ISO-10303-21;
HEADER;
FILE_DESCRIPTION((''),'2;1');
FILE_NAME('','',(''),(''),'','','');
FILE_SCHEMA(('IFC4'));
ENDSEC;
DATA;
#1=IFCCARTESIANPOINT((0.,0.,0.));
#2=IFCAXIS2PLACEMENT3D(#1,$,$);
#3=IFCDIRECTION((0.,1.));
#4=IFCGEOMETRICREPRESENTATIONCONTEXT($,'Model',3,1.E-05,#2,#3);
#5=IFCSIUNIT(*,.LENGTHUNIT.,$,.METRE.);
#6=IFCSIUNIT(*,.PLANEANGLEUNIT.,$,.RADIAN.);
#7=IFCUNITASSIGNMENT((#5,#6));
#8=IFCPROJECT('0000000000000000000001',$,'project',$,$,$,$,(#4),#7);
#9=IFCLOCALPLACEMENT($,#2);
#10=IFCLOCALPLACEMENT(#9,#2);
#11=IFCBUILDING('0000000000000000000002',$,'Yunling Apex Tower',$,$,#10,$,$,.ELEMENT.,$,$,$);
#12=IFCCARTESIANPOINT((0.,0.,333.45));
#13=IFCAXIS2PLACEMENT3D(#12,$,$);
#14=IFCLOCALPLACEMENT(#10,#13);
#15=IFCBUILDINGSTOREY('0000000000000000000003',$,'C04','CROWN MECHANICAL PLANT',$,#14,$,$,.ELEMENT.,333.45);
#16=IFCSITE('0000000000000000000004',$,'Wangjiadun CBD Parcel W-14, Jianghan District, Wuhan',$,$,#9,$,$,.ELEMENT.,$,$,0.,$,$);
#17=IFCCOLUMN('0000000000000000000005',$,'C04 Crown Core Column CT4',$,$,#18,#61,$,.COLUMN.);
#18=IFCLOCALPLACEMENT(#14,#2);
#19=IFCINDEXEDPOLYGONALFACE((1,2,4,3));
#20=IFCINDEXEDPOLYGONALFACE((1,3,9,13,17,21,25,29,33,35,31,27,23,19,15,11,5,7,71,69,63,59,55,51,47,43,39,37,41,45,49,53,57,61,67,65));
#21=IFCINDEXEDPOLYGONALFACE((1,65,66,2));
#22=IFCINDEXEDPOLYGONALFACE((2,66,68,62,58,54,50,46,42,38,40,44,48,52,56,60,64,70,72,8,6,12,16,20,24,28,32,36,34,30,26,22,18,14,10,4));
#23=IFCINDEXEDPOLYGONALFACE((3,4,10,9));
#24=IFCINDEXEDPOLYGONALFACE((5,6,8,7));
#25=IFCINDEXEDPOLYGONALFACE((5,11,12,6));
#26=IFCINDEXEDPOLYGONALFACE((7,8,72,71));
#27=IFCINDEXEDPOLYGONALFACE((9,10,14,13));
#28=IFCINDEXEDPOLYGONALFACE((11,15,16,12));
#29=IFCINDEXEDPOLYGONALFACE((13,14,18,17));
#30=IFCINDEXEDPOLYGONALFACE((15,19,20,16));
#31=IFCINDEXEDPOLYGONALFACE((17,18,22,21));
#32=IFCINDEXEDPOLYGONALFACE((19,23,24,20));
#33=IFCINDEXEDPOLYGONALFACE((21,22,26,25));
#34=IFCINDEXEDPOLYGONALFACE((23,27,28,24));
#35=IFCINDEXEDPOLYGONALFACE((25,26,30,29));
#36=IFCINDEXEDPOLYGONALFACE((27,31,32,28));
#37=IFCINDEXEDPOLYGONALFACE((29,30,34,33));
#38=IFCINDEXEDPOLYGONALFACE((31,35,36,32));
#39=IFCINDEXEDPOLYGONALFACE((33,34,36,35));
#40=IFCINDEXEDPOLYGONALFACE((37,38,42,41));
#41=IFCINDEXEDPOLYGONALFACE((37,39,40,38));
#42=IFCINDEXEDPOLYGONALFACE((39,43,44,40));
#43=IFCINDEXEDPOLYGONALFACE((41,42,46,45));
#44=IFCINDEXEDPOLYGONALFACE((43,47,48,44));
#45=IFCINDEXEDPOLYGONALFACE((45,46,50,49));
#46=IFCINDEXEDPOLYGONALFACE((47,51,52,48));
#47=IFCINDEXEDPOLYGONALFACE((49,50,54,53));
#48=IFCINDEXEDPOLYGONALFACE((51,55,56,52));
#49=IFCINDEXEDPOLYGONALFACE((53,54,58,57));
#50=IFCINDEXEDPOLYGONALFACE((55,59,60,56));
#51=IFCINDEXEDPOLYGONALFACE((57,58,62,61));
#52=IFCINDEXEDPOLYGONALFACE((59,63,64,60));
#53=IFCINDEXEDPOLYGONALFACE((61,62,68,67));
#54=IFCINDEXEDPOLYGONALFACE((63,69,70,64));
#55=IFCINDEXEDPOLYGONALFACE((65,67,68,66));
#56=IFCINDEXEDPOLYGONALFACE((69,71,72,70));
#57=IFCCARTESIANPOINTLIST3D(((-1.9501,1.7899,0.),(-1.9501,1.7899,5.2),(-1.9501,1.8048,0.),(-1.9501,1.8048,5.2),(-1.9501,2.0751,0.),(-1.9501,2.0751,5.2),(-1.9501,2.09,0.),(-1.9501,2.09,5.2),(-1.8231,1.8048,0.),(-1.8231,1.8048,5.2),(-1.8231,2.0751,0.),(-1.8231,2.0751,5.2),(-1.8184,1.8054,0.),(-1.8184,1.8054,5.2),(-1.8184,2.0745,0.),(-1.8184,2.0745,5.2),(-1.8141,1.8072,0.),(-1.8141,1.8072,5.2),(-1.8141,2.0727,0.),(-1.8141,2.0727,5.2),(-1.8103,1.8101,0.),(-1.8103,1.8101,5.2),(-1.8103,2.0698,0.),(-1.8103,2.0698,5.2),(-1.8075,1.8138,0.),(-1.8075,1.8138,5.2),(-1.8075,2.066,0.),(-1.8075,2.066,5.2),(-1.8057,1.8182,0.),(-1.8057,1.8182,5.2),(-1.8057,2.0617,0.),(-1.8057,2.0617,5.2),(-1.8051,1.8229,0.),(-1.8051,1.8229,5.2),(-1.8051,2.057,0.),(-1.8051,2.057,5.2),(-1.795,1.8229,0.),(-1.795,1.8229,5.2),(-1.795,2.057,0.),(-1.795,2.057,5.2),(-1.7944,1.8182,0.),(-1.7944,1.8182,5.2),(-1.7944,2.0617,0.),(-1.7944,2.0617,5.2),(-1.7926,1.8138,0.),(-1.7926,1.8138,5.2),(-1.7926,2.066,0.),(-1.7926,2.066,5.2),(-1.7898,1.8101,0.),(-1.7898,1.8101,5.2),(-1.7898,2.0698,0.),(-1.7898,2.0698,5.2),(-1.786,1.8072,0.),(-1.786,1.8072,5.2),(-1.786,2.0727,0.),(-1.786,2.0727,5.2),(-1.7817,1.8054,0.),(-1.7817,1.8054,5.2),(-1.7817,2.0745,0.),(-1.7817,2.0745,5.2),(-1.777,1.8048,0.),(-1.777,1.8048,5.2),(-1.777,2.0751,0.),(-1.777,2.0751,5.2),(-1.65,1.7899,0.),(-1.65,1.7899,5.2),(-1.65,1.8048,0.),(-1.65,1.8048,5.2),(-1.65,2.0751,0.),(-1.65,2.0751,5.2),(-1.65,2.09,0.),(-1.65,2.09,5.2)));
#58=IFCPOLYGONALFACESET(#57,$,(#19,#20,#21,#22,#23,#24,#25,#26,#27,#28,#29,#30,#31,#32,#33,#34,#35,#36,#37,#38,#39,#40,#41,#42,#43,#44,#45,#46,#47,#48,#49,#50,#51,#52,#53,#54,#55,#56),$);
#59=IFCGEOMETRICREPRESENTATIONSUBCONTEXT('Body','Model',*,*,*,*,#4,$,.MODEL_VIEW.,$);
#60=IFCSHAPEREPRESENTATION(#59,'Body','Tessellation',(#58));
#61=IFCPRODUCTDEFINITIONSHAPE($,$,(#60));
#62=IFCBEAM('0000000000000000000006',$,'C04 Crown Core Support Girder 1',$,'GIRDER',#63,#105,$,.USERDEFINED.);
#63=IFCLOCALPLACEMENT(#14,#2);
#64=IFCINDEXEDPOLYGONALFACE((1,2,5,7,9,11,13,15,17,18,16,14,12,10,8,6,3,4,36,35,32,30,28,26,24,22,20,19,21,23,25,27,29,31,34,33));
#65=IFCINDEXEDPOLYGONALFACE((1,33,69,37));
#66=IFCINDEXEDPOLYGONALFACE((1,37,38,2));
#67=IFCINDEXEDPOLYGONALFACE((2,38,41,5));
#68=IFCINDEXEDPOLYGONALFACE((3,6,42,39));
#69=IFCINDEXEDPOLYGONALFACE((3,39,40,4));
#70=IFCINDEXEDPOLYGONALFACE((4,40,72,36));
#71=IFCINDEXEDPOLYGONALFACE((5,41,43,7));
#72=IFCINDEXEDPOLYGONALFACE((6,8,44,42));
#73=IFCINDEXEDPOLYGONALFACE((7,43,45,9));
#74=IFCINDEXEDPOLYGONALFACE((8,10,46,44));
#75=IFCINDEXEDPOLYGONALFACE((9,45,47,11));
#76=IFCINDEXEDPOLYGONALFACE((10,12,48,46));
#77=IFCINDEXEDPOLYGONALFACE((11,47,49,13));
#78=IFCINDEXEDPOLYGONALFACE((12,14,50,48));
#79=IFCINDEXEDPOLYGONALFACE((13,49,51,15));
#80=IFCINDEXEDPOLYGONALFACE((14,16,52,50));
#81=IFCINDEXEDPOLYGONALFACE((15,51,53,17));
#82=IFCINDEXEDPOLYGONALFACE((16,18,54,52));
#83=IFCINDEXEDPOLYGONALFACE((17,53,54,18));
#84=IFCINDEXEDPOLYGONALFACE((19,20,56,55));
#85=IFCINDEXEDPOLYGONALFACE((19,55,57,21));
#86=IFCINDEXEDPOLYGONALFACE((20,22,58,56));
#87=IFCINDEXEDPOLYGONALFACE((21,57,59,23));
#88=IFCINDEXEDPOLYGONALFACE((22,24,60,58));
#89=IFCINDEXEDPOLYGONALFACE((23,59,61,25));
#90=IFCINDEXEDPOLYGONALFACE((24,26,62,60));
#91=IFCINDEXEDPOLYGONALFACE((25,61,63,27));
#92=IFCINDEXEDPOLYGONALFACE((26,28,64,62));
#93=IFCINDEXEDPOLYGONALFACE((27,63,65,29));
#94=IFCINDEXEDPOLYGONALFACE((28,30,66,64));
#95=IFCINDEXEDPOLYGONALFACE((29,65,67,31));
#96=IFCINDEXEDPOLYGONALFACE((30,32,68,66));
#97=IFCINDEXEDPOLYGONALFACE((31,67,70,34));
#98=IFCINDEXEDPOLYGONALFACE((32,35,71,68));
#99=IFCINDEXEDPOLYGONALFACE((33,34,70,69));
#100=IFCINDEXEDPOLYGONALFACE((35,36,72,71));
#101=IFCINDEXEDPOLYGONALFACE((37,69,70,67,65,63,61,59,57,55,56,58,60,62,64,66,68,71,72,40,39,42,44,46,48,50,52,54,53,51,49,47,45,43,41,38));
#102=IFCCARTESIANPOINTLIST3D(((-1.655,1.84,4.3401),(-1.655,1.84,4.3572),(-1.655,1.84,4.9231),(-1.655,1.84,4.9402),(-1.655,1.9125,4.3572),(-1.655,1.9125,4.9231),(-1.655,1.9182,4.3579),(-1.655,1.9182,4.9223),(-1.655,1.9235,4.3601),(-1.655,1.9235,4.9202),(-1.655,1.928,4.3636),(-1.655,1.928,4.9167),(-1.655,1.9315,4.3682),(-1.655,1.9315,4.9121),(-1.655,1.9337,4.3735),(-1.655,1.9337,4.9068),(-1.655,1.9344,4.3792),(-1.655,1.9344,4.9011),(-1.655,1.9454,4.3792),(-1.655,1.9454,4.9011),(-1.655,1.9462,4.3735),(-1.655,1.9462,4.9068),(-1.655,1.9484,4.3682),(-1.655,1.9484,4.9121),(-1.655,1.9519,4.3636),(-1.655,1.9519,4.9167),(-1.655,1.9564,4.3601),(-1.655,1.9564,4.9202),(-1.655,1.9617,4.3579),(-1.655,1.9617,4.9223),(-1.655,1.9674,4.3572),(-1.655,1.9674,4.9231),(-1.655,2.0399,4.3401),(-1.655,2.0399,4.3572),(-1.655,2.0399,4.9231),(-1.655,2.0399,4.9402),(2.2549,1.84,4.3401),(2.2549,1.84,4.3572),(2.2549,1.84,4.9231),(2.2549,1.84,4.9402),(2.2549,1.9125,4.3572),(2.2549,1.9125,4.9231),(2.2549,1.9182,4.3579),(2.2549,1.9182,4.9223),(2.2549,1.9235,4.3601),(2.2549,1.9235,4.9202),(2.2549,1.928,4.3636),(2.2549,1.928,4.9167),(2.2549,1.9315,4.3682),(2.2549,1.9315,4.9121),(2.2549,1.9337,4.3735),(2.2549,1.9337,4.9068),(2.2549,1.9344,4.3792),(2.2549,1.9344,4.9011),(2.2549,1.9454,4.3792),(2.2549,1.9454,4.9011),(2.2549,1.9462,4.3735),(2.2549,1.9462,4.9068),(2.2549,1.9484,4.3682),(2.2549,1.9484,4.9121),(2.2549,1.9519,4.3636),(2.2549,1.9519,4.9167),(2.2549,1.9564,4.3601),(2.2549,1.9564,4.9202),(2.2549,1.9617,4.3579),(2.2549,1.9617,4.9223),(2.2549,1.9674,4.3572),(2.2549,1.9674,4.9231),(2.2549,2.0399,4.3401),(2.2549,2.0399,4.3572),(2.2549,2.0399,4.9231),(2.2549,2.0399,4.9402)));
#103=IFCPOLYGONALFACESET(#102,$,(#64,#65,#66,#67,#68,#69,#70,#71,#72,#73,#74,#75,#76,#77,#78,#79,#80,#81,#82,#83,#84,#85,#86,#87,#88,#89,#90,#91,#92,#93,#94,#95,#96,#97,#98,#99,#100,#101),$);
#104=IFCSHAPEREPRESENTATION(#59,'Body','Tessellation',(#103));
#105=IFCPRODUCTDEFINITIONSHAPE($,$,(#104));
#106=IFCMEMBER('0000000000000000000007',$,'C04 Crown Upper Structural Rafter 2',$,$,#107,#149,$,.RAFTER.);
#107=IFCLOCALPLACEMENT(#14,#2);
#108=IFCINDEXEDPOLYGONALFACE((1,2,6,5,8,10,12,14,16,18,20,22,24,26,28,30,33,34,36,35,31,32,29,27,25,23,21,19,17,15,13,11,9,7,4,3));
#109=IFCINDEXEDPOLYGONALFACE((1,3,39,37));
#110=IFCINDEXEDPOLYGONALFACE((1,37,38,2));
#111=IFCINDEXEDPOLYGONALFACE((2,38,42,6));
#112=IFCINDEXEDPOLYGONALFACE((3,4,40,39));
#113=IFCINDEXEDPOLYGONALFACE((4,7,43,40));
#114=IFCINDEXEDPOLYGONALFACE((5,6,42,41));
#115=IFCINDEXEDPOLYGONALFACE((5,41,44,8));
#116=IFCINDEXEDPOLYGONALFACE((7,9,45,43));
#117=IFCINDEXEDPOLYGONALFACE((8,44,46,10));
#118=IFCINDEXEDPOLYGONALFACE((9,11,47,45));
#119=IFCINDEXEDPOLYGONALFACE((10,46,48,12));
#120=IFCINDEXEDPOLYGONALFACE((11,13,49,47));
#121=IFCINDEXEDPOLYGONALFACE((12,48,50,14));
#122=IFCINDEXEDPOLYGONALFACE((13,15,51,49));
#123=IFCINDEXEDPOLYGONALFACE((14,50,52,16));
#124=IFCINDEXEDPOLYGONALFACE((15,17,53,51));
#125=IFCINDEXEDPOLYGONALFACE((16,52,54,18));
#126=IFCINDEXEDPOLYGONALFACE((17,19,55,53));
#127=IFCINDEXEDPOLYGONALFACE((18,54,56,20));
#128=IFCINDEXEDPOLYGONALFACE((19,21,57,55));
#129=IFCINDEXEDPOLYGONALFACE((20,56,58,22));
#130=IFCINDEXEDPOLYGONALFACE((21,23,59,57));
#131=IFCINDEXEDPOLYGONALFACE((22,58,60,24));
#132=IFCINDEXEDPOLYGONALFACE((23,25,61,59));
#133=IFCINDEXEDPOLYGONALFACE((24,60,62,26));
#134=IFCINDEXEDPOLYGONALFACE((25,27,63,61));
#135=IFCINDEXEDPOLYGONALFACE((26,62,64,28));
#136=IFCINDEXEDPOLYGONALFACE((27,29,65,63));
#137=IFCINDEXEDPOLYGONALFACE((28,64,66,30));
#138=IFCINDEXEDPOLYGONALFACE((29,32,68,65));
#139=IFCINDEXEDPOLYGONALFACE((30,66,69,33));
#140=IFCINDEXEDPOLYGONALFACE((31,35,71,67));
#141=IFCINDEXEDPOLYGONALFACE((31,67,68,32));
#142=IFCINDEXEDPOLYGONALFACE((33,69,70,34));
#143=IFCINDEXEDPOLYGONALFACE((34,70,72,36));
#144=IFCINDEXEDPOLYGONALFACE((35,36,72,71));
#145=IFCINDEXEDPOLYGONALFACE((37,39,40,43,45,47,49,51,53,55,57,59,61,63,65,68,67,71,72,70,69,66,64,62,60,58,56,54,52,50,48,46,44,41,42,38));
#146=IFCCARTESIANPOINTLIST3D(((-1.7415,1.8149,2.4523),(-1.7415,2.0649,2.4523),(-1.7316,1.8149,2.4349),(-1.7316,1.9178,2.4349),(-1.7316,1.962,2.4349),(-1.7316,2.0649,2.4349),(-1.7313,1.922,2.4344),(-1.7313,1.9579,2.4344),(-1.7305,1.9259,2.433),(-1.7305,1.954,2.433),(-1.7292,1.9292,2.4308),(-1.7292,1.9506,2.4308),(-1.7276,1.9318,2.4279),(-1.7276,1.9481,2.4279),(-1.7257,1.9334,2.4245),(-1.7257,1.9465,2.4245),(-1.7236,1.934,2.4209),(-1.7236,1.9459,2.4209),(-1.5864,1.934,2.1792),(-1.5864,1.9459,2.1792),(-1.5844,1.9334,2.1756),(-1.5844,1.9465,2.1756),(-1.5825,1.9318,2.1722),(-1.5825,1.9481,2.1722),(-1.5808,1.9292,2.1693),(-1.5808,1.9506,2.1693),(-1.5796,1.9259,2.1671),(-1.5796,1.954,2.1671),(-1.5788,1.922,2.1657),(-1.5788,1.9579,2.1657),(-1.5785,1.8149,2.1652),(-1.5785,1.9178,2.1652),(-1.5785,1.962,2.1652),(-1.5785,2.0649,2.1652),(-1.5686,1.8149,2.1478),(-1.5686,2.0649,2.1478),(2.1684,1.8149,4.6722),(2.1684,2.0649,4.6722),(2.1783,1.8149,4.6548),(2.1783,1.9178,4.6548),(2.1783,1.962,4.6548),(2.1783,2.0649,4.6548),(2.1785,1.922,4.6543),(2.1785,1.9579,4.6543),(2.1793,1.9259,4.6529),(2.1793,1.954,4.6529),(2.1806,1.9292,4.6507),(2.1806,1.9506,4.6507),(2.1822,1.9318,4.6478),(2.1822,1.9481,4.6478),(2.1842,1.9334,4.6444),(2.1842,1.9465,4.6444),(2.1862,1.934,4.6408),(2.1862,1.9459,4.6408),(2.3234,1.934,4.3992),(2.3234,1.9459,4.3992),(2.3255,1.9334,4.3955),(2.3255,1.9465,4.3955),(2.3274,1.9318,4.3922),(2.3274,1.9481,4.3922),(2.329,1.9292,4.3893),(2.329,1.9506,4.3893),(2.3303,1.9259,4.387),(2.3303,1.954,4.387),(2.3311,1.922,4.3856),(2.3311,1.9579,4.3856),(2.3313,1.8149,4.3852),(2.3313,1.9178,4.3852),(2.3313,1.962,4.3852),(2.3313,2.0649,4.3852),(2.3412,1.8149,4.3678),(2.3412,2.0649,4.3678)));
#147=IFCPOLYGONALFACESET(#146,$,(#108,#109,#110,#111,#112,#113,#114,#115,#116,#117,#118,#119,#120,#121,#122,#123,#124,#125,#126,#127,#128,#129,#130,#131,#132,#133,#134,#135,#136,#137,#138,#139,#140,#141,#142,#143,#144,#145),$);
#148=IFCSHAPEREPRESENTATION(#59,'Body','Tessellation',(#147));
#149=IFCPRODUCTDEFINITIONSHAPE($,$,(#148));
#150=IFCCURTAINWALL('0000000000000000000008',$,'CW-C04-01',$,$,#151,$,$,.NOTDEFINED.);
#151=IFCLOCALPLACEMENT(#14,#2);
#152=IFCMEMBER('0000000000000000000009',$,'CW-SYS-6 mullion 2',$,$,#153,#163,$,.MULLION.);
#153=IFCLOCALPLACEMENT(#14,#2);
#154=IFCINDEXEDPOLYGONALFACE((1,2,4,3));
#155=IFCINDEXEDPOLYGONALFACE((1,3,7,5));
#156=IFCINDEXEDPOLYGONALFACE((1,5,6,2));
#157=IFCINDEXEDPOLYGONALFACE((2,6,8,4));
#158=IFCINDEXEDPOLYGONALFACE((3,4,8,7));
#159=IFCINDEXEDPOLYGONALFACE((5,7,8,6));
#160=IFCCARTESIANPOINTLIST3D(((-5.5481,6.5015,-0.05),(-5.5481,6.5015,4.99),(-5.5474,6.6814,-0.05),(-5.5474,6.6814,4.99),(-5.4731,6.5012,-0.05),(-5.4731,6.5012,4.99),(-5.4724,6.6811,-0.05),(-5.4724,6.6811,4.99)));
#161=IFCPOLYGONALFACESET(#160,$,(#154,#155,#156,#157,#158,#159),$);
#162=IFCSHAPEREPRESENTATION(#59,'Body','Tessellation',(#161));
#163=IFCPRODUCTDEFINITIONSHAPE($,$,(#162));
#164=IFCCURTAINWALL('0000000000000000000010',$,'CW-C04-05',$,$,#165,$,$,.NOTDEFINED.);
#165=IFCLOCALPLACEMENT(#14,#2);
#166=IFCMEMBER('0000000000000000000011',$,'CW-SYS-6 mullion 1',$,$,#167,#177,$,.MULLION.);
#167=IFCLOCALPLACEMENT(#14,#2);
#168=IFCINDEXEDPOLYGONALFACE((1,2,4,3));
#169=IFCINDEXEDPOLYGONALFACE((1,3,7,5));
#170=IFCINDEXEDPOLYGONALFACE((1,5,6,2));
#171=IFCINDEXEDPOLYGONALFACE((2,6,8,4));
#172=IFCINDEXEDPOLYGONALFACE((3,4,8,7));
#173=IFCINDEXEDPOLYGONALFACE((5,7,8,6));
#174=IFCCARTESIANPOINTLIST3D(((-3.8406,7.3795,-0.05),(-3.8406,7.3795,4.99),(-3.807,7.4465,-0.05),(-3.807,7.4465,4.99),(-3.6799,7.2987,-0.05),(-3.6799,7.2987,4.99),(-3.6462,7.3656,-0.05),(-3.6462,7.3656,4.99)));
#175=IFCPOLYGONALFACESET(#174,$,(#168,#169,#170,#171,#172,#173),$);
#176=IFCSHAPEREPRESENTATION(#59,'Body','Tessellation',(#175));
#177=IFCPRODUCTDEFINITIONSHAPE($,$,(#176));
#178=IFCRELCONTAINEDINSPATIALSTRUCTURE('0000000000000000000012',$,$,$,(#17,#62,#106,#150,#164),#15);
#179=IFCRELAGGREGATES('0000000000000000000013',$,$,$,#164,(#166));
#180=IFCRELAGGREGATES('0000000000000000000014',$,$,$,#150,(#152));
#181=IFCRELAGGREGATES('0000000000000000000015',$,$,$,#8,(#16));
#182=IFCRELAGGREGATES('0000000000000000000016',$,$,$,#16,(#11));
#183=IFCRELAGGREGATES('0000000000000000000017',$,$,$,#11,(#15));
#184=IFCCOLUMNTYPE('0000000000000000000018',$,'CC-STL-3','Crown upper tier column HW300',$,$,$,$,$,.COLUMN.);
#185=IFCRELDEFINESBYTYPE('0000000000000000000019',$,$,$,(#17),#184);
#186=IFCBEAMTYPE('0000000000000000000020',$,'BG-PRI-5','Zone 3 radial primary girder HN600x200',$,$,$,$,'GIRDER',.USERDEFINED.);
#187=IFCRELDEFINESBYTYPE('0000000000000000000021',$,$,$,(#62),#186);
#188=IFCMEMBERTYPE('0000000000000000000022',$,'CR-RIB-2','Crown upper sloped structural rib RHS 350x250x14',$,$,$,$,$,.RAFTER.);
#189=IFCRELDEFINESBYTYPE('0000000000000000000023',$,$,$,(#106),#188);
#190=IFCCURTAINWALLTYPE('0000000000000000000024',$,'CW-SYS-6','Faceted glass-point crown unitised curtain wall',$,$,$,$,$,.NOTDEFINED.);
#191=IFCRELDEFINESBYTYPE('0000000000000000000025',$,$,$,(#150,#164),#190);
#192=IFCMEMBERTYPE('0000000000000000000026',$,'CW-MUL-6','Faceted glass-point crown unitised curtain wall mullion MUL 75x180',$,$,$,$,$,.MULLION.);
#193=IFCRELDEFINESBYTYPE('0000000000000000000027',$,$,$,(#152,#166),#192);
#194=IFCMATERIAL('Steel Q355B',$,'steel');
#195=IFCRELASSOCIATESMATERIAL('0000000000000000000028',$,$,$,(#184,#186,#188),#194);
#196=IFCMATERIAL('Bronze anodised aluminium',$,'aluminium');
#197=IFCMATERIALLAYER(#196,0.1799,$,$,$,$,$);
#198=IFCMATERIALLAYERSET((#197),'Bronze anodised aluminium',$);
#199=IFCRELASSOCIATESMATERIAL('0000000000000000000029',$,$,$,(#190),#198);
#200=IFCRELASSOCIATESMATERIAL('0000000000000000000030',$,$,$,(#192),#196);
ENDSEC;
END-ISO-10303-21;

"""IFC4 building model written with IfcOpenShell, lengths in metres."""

from ifc_helpers import new_model, si_unit, direction, frame, origin, origin_2d, place, context, subcontext, project, spatial, rectangle, i_section, extrude, source, transform, mapped, material, layer, layer_set, material_profile, profile_set, type_object, element, aggregate, save


model = new_model("IFC4")

# Units and contexts
model_context = context("Model", 3, precision=1e-05, world=origin(), true_north=direction((0.0, 1.0)))
body_context = subcontext(model_context, "Body", "Model", "MODEL_VIEW")
ifc_project = project(units=[si_unit("LENGTHUNIT", "METRE"), si_unit("PLANEANGLEUNIT", "RADIAN")], contexts=[model_context])

# Site, building, storey
site_placement = place(None, origin())
site = spatial("IfcSite", under=ifc_project, at=site_placement, Name="Wangjiadun CBD Parcel W-14, Jianghan District, Wuhan", CompositionType="ELEMENT", RefElevation=0.0)
building_placement = place(site_placement, origin())
building = spatial("IfcBuilding", under=site, at=building_placement, Name="Yunling Apex Tower", CompositionType="ELEMENT")
storey_placement = place(building_placement, frame((0.0, 0.0, 333.45)))
storey = spatial("IfcBuildingStorey", under=building, at=storey_placement, Name="C04", Description="CROWN MECHANICAL PLANT", CompositionType="ELEMENT", Elevation=333.45)

# Column
ifc_material_1 = material(Name="Steel Q355B", Category="steel")
ifc_material_profile_1 = material_profile(ifc_material_1, i_section(OverallWidth=0.3, OverallDepth=0.3, WebThickness=0.01, FlangeThickness=0.0149, FilletRadius=0.0181, at=origin_2d()))
ifc_profile_set_1 = profile_set([ifc_material_profile_1], Name="Steel Q355B")
column_type = type_object("IfcColumnType", Name="CC-STL-3", Description="Crown upper tier column HW300", PredefinedType="COLUMN", material=ifc_profile_set_1)
shared_shape_1 = source(origin(), body_context, "Body", "SweptSolid", [
    extrude(i_section(OverallWidth=0.3, OverallDepth=0.3, WebThickness=0.01, FlangeThickness=0.0149, FilletRadius=0.0181, at=origin_2d()), origin(), (0.0, 0.0, 1.0), 5.2),
])
column_placement = place(storey_placement, frame((-1.8, 1.9399, 0.0), z_axis=(0.0, 0.0, 1.0), x_axis=(1.0, 0.0, 0.0)))
element("IfcColumn", 1, at=column_placement, inside=storey, type_object=column_type, Name="C04 Crown Core Column CT4", PredefinedType="COLUMN", context=body_context, shape_type="MappedRepresentation", body=[
    mapped(shared_shape_1, transform((0.0, 0.0, 0.0), scale=1.0)),
])

# Beam
ifc_material_profile_2 = material_profile(ifc_material_1, i_section(OverallWidth=0.2, OverallDepth=0.6001, WebThickness=0.011, FlangeThickness=0.0171, FilletRadius=0.022, at=origin_2d()))
ifc_profile_set_2 = profile_set([ifc_material_profile_2], Name="Steel Q355B")
beam_type = type_object("IfcBeamType", Name="BG-PRI-5", Description="Zone 3 radial primary girder HN600x200", ElementType="GIRDER", PredefinedType="USERDEFINED", material=ifc_profile_set_2)
shared_shape_2 = source(origin(), body_context, "Body", "SweptSolid", [
    extrude(i_section(OverallWidth=0.2, OverallDepth=0.6001, WebThickness=0.011, FlangeThickness=0.0171, FilletRadius=0.022, at=origin_2d()), origin(), (0.0, 0.0, 1.0), 3.9099),
])
beam_placement = place(storey_placement, frame((-1.655, 1.9399, 4.6401), z_axis=(1.0, 0.0, 0.0), x_axis=(0.0, 1.0, 0.0)))
element("IfcBeam", 2, at=beam_placement, inside=storey, type_object=beam_type, Name="C04 Crown Core Support Girder 1", ObjectType="GIRDER", PredefinedType="USERDEFINED", context=body_context, shape_type="MappedRepresentation", body=[
    mapped(shared_shape_2, transform((0.0, 0.0, 0.0), scale=1.0)),
])

# Member
ifc_material_profile_3 = material_profile(ifc_material_1, i_section(OverallWidth=0.25, OverallDepth=0.3501, WebThickness=0.012, FlangeThickness=0.02, FilletRadius=0.0161, at=origin_2d()))
ifc_profile_set_3 = profile_set([ifc_material_profile_3], Name="Steel Q355B")
member_type_1 = type_object("IfcMemberType", Name="CR-RIB-2", Description="Crown upper sloped structural rib RHS 350x250x14", PredefinedType="RAFTER", material=ifc_profile_set_3)
shared_shape_3 = source(origin(), body_context, "Body", "SweptSolid", [
    extrude(i_section(OverallWidth=0.25, OverallDepth=0.3501, WebThickness=0.012, FlangeThickness=0.02, FilletRadius=0.0161, at=origin_2d()), origin(), (0.0, 0.0, 1.0), 4.4961),
])
member_1_placement = place(storey_placement, frame((-1.655, 1.9399, 2.3), z_axis=(0.869607, 0.0, 0.493745), x_axis=(0.0, 1.0, 0.0)))
element("IfcMember", 3, at=member_1_placement, inside=storey, type_object=member_type_1, Name="C04 Crown Upper Structural Rafter 2", PredefinedType="RAFTER", context=body_context, shape_type="MappedRepresentation", body=[
    mapped(shared_shape_3, transform((0.0, 0.0, 0.0), scale=1.0)),
])

# Curtain wall, member
ifc_material_2 = material(Name="Bronze anodised aluminium", Category="aluminium")
ifc_layer_1 = layer(ifc_material_2, 0.1799)
ifc_layer_set_1 = layer_set([ifc_layer_1], Name="Bronze anodised aluminium")
curtain_wall_type = type_object("IfcCurtainWallType", Name="CW-SYS-6", Description="Faceted glass-point crown unitised curtain wall", PredefinedType="NOTDEFINED", material=ifc_layer_set_1)
curtain_wall_1_placement = place(storey_placement, origin())
curtain_wall_1 = element("IfcCurtainWall", 4, at=curtain_wall_1_placement, inside=storey, type_object=curtain_wall_type, Name="CW-C04-01", PredefinedType="NOTDEFINED")
ifc_material_profile_4 = material_profile(ifc_material_2, rectangle(XDim=0.075, YDim=0.1799, at=origin_2d()))
ifc_profile_set_4 = profile_set([ifc_material_profile_4], Name="Bronze anodised aluminium")
member_type_2 = type_object("IfcMemberType", Name="CW-MUL-6", Description="Faceted glass-point crown unitised curtain wall mullion MUL 75x180", PredefinedType="MULLION", material=ifc_profile_set_4)
shared_shape_4 = source(origin(), body_context, "Body", "SweptSolid", [
    extrude(rectangle(XDim=0.075, YDim=0.1799, at=origin_2d()), origin(), (0.0, 0.0, 1.0), 5.04),
])
member_2_placement = place(storey_placement, frame((-5.5103, 6.5913, -0.05), z_axis=(0.0, 0.0, 1.0), x_axis=(-0.999993, 0.00381, 0.0)))
member_2 = element("IfcMember", 5, at=member_2_placement, type_object=member_type_2, Name="CW-SYS-6 mullion 2", PredefinedType="MULLION", context=body_context, shape_type="MappedRepresentation", body=[
    mapped(shared_shape_4, transform((0.0, 0.0, 0.0), scale=1.0)),
])

# Curtain wall, member
curtain_wall_2_placement = place(storey_placement, origin())
curtain_wall_2 = element("IfcCurtainWall", 6, at=curtain_wall_2_placement, inside=storey, type_object=curtain_wall_type, Name="CW-C04-05", PredefinedType="NOTDEFINED")
member_3_placement = place(storey_placement, frame((-3.7434, 7.3726, -0.05), z_axis=(0.0, 0.0, 1.0), x_axis=(0.449197, 0.893433, 0.0)))
member_3 = element("IfcMember", 7, at=member_3_placement, type_object=member_type_2, Name="CW-SYS-6 mullion 1", PredefinedType="MULLION", context=body_context, shape_type="MappedRepresentation", body=[
    mapped(shared_shape_4, transform((0.0, 0.0, 0.0), scale=1.0)),
])
aggregate(curtain_wall_2, [member_3])

aggregate(curtain_wall_1, [member_2])

save(model, "model.ifc")
